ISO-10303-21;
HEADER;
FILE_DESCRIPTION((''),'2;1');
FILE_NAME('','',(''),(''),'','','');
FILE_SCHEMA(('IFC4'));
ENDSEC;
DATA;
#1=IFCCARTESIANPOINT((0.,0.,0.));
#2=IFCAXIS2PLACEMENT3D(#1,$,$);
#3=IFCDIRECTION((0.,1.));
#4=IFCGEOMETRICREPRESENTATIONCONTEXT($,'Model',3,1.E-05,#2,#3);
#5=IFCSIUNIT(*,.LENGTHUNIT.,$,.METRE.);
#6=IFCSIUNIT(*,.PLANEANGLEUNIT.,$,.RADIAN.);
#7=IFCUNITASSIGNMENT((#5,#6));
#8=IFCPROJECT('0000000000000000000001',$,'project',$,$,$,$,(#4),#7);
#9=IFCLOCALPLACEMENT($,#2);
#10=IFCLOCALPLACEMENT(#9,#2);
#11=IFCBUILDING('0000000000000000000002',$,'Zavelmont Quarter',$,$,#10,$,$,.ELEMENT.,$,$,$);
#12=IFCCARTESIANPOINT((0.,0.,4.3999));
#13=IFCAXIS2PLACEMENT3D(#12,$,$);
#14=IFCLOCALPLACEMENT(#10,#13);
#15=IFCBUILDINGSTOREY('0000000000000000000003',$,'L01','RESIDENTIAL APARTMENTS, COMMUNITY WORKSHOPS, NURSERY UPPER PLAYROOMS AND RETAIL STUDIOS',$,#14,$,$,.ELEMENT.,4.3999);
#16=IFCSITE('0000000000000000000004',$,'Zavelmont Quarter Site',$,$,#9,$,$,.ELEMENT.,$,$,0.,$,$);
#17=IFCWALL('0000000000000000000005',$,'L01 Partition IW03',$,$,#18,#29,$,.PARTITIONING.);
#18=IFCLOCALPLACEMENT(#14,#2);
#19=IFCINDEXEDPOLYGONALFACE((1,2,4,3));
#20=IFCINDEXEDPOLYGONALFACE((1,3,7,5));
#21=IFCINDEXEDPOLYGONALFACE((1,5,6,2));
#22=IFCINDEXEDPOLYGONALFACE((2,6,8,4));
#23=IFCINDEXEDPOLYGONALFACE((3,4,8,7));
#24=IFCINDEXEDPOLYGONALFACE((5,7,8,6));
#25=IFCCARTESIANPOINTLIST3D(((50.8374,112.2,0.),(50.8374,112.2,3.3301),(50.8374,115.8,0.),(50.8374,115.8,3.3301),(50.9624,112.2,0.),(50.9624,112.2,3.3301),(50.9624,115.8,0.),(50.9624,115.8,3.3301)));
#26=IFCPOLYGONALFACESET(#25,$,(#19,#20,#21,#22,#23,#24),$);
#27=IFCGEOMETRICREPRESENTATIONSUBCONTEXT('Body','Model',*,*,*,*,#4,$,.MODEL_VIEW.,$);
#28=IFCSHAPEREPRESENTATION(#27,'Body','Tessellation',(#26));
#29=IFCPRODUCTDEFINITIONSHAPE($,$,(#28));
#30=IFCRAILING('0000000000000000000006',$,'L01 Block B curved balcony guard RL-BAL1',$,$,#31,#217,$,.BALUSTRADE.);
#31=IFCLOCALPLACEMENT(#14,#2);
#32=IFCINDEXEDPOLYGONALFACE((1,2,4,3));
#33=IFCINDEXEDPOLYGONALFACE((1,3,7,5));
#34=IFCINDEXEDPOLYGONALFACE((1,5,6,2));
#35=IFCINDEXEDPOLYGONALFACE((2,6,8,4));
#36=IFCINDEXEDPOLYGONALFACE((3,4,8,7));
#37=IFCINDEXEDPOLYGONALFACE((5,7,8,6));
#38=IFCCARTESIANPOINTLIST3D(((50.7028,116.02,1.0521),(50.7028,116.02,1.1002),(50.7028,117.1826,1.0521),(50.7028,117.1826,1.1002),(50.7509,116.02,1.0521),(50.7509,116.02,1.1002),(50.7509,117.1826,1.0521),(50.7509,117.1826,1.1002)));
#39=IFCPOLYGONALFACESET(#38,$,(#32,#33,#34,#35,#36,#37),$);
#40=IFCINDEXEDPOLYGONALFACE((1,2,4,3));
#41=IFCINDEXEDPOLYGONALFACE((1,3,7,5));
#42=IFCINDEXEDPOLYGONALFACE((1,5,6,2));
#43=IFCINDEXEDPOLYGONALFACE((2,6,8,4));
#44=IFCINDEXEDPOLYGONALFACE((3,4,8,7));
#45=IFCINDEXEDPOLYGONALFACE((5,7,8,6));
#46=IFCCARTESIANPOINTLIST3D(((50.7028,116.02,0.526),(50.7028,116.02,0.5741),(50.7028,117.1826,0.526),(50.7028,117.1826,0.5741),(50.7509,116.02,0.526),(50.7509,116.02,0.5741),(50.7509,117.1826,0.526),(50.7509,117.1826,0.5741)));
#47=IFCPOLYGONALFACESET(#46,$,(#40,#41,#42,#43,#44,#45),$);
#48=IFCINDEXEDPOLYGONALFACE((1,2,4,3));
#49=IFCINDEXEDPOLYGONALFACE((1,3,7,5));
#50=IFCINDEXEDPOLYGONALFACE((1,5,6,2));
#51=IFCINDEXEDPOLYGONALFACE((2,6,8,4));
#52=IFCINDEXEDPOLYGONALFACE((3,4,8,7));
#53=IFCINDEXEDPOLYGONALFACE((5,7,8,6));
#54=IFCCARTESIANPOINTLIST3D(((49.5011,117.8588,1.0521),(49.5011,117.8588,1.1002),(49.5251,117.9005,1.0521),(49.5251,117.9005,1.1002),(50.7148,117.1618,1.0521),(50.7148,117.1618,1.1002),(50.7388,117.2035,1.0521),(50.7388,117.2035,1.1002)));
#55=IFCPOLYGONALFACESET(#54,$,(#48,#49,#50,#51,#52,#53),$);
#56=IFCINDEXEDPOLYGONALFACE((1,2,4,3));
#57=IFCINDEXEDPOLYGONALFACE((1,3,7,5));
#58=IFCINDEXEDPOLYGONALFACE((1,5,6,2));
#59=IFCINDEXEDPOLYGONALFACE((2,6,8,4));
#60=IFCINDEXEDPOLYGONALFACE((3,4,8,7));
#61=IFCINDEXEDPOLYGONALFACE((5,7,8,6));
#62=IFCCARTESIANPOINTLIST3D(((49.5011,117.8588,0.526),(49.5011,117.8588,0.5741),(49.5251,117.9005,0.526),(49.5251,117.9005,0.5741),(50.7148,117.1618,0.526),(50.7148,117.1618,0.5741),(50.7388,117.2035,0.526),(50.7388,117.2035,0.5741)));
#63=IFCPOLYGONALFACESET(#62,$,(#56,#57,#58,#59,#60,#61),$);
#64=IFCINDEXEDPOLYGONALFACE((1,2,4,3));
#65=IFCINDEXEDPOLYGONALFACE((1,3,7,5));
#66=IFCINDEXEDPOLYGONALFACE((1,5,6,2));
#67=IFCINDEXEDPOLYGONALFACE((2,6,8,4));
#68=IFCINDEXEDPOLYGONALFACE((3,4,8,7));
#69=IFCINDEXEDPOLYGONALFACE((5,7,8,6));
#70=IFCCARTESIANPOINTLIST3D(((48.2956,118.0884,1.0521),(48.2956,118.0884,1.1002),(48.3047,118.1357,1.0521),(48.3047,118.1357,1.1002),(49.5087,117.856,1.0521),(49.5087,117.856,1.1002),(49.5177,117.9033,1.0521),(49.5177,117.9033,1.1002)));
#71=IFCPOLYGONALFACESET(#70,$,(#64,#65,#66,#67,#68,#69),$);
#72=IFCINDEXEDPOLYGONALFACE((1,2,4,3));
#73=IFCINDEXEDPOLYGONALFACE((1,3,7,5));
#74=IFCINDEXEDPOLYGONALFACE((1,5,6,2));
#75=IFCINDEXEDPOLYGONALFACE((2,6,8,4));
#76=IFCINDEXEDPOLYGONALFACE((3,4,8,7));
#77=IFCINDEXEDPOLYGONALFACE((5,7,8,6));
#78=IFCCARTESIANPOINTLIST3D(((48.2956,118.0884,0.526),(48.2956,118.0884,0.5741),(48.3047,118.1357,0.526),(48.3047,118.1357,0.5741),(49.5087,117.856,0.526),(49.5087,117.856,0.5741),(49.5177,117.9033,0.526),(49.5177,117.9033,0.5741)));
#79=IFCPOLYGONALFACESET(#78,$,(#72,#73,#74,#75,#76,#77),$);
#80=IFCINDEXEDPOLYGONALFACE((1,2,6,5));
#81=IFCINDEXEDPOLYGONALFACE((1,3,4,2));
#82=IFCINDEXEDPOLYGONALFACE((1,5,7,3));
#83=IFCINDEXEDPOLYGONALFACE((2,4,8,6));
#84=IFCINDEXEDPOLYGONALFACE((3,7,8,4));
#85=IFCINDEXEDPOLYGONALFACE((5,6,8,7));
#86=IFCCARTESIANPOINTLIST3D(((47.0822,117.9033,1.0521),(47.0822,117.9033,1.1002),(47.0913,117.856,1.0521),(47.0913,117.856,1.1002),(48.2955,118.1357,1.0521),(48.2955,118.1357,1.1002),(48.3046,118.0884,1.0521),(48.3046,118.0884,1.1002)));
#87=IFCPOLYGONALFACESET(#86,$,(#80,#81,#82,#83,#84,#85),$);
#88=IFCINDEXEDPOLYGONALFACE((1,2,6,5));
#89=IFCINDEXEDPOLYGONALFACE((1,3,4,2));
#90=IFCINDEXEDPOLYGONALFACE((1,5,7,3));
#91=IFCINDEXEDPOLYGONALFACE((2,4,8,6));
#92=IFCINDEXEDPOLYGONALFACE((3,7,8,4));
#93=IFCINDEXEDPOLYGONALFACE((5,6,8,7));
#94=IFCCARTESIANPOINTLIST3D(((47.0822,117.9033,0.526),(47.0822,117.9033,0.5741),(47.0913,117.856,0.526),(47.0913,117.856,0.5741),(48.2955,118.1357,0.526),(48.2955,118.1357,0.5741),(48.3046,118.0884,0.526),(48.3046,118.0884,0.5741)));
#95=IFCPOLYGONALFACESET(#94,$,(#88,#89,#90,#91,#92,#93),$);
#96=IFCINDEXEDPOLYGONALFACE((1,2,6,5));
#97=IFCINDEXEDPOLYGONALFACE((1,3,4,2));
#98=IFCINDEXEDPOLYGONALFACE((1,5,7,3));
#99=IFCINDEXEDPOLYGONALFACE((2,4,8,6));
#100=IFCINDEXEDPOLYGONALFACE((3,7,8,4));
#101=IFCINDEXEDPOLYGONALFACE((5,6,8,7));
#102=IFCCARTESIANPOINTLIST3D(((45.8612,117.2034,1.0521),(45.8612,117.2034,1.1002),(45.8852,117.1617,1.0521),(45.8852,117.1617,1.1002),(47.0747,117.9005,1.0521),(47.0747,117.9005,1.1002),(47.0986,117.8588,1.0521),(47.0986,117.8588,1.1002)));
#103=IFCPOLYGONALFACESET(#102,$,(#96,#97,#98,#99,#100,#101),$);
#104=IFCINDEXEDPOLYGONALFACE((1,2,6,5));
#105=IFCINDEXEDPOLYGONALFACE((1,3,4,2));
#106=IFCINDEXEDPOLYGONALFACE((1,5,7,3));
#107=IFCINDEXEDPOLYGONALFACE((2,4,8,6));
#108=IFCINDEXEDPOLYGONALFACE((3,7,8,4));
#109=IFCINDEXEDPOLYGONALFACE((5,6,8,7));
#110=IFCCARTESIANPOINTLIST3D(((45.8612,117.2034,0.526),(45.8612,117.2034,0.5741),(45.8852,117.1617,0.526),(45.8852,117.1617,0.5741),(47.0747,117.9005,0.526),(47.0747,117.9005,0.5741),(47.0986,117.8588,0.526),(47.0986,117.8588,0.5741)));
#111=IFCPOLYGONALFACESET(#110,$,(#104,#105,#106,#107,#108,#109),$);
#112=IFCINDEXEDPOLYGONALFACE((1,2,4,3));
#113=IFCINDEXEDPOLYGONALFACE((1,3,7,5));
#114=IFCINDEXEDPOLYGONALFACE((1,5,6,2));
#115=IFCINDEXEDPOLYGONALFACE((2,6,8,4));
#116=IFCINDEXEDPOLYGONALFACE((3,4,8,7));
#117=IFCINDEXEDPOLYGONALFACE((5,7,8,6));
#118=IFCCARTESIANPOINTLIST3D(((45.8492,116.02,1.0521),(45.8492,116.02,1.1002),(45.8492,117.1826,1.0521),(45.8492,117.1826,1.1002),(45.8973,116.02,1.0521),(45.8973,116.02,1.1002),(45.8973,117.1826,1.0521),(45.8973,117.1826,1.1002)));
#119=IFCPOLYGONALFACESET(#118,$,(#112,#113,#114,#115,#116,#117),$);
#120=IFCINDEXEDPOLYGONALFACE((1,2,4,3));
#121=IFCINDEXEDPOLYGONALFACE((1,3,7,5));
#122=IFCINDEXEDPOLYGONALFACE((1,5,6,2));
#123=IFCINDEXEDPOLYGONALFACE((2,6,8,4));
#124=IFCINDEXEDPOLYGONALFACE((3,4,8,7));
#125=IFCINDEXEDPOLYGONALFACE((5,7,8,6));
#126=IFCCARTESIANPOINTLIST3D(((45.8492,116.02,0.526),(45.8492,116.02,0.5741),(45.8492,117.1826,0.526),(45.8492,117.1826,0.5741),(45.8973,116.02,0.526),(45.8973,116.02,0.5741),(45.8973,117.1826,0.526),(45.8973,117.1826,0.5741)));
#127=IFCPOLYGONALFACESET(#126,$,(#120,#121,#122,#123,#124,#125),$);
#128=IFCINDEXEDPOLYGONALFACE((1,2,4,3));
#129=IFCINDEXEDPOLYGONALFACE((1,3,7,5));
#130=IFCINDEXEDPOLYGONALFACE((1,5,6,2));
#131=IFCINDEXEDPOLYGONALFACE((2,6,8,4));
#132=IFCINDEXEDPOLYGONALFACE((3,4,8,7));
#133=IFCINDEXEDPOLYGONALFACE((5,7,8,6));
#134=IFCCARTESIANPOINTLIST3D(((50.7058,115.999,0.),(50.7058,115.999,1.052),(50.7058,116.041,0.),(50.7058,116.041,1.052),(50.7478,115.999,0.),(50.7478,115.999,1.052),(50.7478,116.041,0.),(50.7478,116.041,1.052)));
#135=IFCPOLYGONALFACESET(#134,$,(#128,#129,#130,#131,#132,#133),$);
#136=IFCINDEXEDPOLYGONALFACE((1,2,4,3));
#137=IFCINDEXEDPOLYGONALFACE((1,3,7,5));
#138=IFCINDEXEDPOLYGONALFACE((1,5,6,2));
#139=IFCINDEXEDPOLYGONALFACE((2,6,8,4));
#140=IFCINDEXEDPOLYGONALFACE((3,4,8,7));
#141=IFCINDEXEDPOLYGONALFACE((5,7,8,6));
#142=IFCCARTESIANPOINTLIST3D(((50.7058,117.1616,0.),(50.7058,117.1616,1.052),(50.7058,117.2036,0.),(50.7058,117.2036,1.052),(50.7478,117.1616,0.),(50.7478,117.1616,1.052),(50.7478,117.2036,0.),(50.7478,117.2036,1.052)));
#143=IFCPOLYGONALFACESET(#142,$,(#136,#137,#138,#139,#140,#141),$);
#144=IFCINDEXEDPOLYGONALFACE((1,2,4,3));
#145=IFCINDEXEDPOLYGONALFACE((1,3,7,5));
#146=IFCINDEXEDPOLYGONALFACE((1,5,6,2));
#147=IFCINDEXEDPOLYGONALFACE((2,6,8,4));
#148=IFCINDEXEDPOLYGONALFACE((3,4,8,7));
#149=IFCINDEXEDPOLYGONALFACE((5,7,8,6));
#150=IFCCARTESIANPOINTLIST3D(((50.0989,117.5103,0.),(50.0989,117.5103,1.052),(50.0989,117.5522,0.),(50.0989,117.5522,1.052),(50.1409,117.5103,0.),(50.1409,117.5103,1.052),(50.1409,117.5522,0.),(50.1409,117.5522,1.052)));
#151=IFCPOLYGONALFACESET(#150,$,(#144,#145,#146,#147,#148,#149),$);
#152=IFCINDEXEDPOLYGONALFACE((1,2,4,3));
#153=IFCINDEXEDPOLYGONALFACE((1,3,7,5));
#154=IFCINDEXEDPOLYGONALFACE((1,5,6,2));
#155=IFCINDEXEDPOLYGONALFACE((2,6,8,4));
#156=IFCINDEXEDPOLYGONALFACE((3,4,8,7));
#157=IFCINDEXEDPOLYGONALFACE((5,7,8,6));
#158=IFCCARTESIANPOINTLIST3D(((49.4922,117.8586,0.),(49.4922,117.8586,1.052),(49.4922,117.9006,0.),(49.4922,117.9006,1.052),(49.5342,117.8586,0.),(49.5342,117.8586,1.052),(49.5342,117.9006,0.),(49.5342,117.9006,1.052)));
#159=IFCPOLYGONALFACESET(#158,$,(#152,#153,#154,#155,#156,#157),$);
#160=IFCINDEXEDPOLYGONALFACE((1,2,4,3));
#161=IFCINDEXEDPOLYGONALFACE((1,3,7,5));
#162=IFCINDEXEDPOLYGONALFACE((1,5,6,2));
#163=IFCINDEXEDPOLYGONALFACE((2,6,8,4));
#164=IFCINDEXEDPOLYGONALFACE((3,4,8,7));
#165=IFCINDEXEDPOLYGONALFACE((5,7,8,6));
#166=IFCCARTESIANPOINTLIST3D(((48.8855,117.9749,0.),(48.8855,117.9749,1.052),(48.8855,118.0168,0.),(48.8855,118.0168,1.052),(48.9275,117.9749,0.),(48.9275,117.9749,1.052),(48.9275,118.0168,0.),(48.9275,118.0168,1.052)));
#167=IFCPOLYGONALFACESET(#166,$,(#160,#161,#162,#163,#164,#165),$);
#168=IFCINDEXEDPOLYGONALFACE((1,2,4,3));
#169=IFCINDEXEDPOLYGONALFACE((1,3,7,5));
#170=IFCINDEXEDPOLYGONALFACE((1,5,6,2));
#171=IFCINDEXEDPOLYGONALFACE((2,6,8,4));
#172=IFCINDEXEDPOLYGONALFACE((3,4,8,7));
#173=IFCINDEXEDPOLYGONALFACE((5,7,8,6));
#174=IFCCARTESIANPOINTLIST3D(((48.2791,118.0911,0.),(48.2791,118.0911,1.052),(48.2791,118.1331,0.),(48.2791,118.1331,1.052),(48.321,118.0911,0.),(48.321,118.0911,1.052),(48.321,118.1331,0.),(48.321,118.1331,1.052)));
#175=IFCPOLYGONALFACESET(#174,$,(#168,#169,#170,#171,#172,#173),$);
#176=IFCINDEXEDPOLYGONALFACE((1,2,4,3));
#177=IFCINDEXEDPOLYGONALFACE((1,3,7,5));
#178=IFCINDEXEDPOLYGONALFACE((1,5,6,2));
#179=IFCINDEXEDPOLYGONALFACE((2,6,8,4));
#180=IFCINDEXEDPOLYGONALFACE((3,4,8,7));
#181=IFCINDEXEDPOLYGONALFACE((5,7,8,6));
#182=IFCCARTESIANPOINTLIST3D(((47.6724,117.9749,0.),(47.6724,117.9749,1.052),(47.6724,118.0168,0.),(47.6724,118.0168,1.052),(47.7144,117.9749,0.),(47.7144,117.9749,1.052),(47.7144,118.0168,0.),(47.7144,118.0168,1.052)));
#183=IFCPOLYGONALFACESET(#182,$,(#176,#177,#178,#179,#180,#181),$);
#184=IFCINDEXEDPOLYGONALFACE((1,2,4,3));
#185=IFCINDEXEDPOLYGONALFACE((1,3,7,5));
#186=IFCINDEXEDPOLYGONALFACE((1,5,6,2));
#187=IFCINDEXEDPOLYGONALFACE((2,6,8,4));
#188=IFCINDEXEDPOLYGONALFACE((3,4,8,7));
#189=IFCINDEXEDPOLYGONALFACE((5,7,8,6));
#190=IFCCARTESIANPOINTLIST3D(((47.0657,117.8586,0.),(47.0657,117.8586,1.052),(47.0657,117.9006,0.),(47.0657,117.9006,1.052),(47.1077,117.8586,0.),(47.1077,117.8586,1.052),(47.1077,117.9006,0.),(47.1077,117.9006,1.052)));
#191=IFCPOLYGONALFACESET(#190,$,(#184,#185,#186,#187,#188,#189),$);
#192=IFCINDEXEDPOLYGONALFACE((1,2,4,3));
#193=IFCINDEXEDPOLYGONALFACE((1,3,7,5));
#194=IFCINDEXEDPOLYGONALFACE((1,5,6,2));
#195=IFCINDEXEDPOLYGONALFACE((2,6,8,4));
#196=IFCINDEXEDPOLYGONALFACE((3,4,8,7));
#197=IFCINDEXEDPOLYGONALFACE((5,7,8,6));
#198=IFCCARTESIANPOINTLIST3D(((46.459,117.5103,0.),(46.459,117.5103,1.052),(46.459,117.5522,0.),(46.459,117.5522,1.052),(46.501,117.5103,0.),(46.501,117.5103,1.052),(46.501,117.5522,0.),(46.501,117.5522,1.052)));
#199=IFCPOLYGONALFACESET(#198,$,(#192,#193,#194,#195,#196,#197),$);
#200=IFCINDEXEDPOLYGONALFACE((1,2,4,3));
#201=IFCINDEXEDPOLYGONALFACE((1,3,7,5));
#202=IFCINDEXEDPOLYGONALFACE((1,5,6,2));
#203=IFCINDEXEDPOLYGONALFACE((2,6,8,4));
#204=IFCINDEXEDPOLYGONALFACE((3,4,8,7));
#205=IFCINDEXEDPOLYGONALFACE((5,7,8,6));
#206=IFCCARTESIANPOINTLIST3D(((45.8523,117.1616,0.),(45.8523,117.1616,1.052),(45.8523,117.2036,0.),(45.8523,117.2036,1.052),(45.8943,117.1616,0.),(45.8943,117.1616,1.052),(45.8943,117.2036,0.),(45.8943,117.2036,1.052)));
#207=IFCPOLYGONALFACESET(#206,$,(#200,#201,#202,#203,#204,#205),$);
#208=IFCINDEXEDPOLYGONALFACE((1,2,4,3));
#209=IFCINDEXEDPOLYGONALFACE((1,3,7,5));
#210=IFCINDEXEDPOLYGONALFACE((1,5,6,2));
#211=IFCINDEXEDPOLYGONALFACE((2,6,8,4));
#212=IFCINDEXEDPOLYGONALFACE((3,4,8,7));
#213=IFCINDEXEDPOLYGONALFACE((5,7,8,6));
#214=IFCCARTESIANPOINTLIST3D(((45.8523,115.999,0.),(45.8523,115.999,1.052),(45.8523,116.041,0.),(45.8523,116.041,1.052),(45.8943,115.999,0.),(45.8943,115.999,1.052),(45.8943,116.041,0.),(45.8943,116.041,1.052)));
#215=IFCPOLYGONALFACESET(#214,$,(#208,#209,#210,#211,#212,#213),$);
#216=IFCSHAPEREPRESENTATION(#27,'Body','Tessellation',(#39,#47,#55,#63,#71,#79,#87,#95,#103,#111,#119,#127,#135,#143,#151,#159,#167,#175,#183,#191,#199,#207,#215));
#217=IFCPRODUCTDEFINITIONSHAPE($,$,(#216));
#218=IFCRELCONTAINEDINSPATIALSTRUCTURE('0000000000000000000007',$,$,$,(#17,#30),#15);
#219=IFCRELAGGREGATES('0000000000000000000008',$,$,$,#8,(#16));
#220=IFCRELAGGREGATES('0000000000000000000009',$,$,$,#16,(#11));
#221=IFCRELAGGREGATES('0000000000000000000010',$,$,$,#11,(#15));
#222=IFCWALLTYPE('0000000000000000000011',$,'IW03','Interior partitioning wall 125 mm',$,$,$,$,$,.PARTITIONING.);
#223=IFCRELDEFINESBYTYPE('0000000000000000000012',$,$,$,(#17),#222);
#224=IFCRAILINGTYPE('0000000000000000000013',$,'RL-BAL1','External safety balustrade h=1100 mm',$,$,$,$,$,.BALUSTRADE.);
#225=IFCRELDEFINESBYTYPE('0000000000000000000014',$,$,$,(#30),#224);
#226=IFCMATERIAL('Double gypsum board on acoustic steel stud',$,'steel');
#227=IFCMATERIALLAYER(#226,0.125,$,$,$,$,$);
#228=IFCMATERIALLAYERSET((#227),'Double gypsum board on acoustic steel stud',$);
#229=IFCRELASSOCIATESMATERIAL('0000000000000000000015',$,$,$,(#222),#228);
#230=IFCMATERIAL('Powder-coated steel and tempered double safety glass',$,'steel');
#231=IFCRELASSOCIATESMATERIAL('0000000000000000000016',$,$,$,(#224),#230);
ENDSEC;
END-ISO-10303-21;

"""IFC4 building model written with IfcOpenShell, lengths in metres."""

from ifc_helpers import new_model, si_unit, direction, frame, frame_2d, origin, origin_2d, place, context, subcontext, project, spatial, rectangle, extrude, material, layer, layer_set, type_object, element, save


model = new_model("IFC4")

# Units and contexts
model_context = context("Model", 3, precision=1e-05, world=origin(), true_north=direction((0.0, 1.0)))
body_context = subcontext(model_context, "Body", "Model", "MODEL_VIEW")
ifc_project = project(units=[si_unit("LENGTHUNIT", "METRE"), si_unit("PLANEANGLEUNIT", "RADIAN")], contexts=[model_context])

# Site, building, storey
site_placement = place(None, origin())
site = spatial("IfcSite", under=ifc_project, at=site_placement, Name="Zavelmont Quarter Site", CompositionType="ELEMENT", RefElevation=0.0)
building_placement = place(site_placement, origin())
building = spatial("IfcBuilding", under=site, at=building_placement, Name="Zavelmont Quarter", CompositionType="ELEMENT")
storey_placement = place(building_placement, frame((0.0, 0.0, 4.3999)))
storey = spatial("IfcBuildingStorey", under=building, at=storey_placement, Name="L01", Description="RESIDENTIAL APARTMENTS, COMMUNITY WORKSHOPS, NURSERY UPPER PLAYROOMS AND RETAIL STUDIOS", CompositionType="ELEMENT", Elevation=4.3999)

# Shared definitions
ifc_material_1 = material(Name="Double gypsum board on acoustic steel stud", Category="steel")
ifc_layer_1 = layer(ifc_material_1, 0.125)
ifc_layer_set_1 = layer_set([ifc_layer_1], Name="Double gypsum board on acoustic steel stud")
wall_type_1 = type_object("IfcWallType", Name="IW03", Description="Interior partitioning wall 125 mm", PredefinedType="PARTITIONING", material=ifc_layer_set_1)

# Wall
wall_1_placement = place(storey_placement, frame((50.8999, 112.2, 0.0), z_axis=(0.0, 0.0, 1.0), x_axis=(0.0, 1.0, 0.0)))
element("IfcWall", 1, at=wall_1_placement, inside=storey, type_object=wall_type_1, Name="L01 Partition IW03", PredefinedType="PARTITIONING", context=body_context, shape_type="SweptSolid", body=[
    extrude(rectangle(XDim=3.6001, YDim=0.125, at=frame_2d((1.8, 0.0))), origin(), (0.0, 0.0, 1.0), 3.3301),
])

# Railing
ifc_material_2 = material(Name="Powder-coated steel and tempered double safety glass", Category="steel")
railing_type = type_object("IfcRailingType", Name="RL-BAL1", Description="External safety balustrade h=1100 mm", PredefinedType="BALUSTRADE", material=ifc_material_2)
railing_placement = place(storey_placement, frame((50.7268, 116.02, 0.0)))
element("IfcRailing", 2, at=railing_placement, inside=storey, type_object=railing_type, Name="L01 Block B curved balcony guard RL-BAL1", PredefinedType="BALUSTRADE", context=body_context, shape_type="SweptSolid", body=[
    extrude(rectangle(XDim=0.0481, YDim=0.0481, at=origin_2d()), frame((0.0, 0.0, 1.0762), z_axis=(0.0, 1.0, 0.0), x_axis=(-1.0, 0.0, 0.0)), (0.0, 0.0, 1.0), 1.1626),
    extrude(rectangle(XDim=0.0481, YDim=0.0481, at=origin_2d()), frame((0.0, 0.0, 0.55), z_axis=(0.0, 1.0, 0.0), x_axis=(-1.0, 0.0, 0.0)), (0.0, 0.0, 1.0), 1.1626),
    extrude(rectangle(XDim=0.0481, YDim=0.0481, at=origin_2d()), frame((0.0, 1.1626, 1.0762), z_axis=(-0.867157, 0.498035, 0.0), x_axis=(-0.498035, -0.867157, 0.0)), (0.0, 0.0, 1.0), 1.3997),
    extrude(rectangle(XDim=0.0481, YDim=0.0481, at=origin_2d()), frame((0.0, 1.1626, 0.55), z_axis=(-0.867157, 0.498035, 0.0), x_axis=(-0.498035, -0.867157, 0.0)), (0.0, 0.0, 1.0), 1.3997),
    extrude(rectangle(XDim=0.0481, YDim=0.0481, at=origin_2d()), frame((-1.2136, 1.8596, 1.0762), z_axis=(-0.982137, 0.188166, 0.0), x_axis=(-0.188166, -0.982137, 0.0)), (0.0, 0.0, 1.0), 1.2351),
    extrude(rectangle(XDim=0.0481, YDim=0.0481, at=origin_2d()), frame((-1.2136, 1.8596, 0.55), z_axis=(-0.982137, 0.188166, 0.0), x_axis=(-0.188166, -0.982137, 0.0)), (0.0, 0.0, 1.0), 1.2351),
    extrude(rectangle(XDim=0.0481, YDim=0.0481, at=origin_2d()), frame((-2.4268, 2.092, 1.0762), z_axis=(-0.982144, -0.188129, 0.0), x_axis=(0.188129, -0.982144, 0.0)), (0.0, 0.0, 1.0), 1.2354),
    extrude(rectangle(XDim=0.0481, YDim=0.0481, at=origin_2d()), frame((-2.4268, 2.092, 0.55), z_axis=(-0.982144, -0.188129, 0.0), x_axis=(0.188129, -0.982144, 0.0)), (0.0, 0.0, 1.0), 1.2354),
    extrude(rectangle(XDim=0.0481, YDim=0.0481, at=origin_2d()), frame((-3.6401, 1.8596, 1.0762), z_axis=(-0.867114, -0.498111, 0.0), x_axis=(0.498111, -0.867114, 0.0)), (0.0, 0.0, 1.0), 1.3994),
    extrude(rectangle(XDim=0.0481, YDim=0.0481, at=origin_2d()), frame((-3.6401, 1.8596, 0.55), z_axis=(-0.867114, -0.498111, 0.0), x_axis=(0.498111, -0.867114, 0.0)), (0.0, 0.0, 1.0), 1.3994),
    extrude(rectangle(XDim=0.0481, YDim=0.0481, at=origin_2d()), frame((-4.8535, 1.1626, 1.0762), z_axis=(0.0, -1.0, 0.0), x_axis=(1.0, 0.0, 0.0)), (0.0, 0.0, 1.0), 1.1626),
    extrude(rectangle(XDim=0.0481, YDim=0.0481, at=origin_2d()), frame((-4.8535, 1.1626, 0.55), z_axis=(0.0, -1.0, 0.0), x_axis=(1.0, 0.0, 0.0)), (0.0, 0.0, 1.0), 1.1626),
    extrude(rectangle(XDim=0.042, YDim=0.042, at=origin_2d()), origin(), (0.0, 0.0, 1.0), 1.052),
    extrude(rectangle(XDim=0.042, YDim=0.042, at=origin_2d()), frame((0.0, 1.1626, 0.0)), (0.0, 0.0, 1.0), 1.052),
    extrude(rectangle(XDim=0.042, YDim=0.042, at=origin_2d()), frame((-0.6069, 1.5112, 0.0)), (0.0, 0.0, 1.0), 1.052),
    extrude(rectangle(XDim=0.042, YDim=0.042, at=origin_2d()), frame((-1.2136, 1.8596, 0.0)), (0.0, 0.0, 1.0), 1.052),
    extrude(rectangle(XDim=0.042, YDim=0.042, at=origin_2d()), frame((-1.8203, 1.9758, 0.0)), (0.0, 0.0, 1.0), 1.052),
    extrude(rectangle(XDim=0.042, YDim=0.042, at=origin_2d()), frame((-2.4268, 2.092, 0.0)), (0.0, 0.0, 1.0), 1.052),
    extrude(rectangle(XDim=0.042, YDim=0.042, at=origin_2d()), frame((-3.0334, 1.9758, 0.0)), (0.0, 0.0, 1.0), 1.052),
    extrude(rectangle(XDim=0.042, YDim=0.042, at=origin_2d()), frame((-3.6401, 1.8596, 0.0)), (0.0, 0.0, 1.0), 1.052),
    extrude(rectangle(XDim=0.042, YDim=0.042, at=origin_2d()), frame((-4.2468, 1.5112, 0.0)), (0.0, 0.0, 1.0), 1.052),
    extrude(rectangle(XDim=0.042, YDim=0.042, at=origin_2d()), frame((-4.8535, 1.1626, 0.0)), (0.0, 0.0, 1.0), 1.052),
    extrude(rectangle(XDim=0.042, YDim=0.042, at=origin_2d()), frame((-4.8535, 0.0, 0.0)), (0.0, 0.0, 1.0), 1.052),
])

save(model, "model.ifc")
